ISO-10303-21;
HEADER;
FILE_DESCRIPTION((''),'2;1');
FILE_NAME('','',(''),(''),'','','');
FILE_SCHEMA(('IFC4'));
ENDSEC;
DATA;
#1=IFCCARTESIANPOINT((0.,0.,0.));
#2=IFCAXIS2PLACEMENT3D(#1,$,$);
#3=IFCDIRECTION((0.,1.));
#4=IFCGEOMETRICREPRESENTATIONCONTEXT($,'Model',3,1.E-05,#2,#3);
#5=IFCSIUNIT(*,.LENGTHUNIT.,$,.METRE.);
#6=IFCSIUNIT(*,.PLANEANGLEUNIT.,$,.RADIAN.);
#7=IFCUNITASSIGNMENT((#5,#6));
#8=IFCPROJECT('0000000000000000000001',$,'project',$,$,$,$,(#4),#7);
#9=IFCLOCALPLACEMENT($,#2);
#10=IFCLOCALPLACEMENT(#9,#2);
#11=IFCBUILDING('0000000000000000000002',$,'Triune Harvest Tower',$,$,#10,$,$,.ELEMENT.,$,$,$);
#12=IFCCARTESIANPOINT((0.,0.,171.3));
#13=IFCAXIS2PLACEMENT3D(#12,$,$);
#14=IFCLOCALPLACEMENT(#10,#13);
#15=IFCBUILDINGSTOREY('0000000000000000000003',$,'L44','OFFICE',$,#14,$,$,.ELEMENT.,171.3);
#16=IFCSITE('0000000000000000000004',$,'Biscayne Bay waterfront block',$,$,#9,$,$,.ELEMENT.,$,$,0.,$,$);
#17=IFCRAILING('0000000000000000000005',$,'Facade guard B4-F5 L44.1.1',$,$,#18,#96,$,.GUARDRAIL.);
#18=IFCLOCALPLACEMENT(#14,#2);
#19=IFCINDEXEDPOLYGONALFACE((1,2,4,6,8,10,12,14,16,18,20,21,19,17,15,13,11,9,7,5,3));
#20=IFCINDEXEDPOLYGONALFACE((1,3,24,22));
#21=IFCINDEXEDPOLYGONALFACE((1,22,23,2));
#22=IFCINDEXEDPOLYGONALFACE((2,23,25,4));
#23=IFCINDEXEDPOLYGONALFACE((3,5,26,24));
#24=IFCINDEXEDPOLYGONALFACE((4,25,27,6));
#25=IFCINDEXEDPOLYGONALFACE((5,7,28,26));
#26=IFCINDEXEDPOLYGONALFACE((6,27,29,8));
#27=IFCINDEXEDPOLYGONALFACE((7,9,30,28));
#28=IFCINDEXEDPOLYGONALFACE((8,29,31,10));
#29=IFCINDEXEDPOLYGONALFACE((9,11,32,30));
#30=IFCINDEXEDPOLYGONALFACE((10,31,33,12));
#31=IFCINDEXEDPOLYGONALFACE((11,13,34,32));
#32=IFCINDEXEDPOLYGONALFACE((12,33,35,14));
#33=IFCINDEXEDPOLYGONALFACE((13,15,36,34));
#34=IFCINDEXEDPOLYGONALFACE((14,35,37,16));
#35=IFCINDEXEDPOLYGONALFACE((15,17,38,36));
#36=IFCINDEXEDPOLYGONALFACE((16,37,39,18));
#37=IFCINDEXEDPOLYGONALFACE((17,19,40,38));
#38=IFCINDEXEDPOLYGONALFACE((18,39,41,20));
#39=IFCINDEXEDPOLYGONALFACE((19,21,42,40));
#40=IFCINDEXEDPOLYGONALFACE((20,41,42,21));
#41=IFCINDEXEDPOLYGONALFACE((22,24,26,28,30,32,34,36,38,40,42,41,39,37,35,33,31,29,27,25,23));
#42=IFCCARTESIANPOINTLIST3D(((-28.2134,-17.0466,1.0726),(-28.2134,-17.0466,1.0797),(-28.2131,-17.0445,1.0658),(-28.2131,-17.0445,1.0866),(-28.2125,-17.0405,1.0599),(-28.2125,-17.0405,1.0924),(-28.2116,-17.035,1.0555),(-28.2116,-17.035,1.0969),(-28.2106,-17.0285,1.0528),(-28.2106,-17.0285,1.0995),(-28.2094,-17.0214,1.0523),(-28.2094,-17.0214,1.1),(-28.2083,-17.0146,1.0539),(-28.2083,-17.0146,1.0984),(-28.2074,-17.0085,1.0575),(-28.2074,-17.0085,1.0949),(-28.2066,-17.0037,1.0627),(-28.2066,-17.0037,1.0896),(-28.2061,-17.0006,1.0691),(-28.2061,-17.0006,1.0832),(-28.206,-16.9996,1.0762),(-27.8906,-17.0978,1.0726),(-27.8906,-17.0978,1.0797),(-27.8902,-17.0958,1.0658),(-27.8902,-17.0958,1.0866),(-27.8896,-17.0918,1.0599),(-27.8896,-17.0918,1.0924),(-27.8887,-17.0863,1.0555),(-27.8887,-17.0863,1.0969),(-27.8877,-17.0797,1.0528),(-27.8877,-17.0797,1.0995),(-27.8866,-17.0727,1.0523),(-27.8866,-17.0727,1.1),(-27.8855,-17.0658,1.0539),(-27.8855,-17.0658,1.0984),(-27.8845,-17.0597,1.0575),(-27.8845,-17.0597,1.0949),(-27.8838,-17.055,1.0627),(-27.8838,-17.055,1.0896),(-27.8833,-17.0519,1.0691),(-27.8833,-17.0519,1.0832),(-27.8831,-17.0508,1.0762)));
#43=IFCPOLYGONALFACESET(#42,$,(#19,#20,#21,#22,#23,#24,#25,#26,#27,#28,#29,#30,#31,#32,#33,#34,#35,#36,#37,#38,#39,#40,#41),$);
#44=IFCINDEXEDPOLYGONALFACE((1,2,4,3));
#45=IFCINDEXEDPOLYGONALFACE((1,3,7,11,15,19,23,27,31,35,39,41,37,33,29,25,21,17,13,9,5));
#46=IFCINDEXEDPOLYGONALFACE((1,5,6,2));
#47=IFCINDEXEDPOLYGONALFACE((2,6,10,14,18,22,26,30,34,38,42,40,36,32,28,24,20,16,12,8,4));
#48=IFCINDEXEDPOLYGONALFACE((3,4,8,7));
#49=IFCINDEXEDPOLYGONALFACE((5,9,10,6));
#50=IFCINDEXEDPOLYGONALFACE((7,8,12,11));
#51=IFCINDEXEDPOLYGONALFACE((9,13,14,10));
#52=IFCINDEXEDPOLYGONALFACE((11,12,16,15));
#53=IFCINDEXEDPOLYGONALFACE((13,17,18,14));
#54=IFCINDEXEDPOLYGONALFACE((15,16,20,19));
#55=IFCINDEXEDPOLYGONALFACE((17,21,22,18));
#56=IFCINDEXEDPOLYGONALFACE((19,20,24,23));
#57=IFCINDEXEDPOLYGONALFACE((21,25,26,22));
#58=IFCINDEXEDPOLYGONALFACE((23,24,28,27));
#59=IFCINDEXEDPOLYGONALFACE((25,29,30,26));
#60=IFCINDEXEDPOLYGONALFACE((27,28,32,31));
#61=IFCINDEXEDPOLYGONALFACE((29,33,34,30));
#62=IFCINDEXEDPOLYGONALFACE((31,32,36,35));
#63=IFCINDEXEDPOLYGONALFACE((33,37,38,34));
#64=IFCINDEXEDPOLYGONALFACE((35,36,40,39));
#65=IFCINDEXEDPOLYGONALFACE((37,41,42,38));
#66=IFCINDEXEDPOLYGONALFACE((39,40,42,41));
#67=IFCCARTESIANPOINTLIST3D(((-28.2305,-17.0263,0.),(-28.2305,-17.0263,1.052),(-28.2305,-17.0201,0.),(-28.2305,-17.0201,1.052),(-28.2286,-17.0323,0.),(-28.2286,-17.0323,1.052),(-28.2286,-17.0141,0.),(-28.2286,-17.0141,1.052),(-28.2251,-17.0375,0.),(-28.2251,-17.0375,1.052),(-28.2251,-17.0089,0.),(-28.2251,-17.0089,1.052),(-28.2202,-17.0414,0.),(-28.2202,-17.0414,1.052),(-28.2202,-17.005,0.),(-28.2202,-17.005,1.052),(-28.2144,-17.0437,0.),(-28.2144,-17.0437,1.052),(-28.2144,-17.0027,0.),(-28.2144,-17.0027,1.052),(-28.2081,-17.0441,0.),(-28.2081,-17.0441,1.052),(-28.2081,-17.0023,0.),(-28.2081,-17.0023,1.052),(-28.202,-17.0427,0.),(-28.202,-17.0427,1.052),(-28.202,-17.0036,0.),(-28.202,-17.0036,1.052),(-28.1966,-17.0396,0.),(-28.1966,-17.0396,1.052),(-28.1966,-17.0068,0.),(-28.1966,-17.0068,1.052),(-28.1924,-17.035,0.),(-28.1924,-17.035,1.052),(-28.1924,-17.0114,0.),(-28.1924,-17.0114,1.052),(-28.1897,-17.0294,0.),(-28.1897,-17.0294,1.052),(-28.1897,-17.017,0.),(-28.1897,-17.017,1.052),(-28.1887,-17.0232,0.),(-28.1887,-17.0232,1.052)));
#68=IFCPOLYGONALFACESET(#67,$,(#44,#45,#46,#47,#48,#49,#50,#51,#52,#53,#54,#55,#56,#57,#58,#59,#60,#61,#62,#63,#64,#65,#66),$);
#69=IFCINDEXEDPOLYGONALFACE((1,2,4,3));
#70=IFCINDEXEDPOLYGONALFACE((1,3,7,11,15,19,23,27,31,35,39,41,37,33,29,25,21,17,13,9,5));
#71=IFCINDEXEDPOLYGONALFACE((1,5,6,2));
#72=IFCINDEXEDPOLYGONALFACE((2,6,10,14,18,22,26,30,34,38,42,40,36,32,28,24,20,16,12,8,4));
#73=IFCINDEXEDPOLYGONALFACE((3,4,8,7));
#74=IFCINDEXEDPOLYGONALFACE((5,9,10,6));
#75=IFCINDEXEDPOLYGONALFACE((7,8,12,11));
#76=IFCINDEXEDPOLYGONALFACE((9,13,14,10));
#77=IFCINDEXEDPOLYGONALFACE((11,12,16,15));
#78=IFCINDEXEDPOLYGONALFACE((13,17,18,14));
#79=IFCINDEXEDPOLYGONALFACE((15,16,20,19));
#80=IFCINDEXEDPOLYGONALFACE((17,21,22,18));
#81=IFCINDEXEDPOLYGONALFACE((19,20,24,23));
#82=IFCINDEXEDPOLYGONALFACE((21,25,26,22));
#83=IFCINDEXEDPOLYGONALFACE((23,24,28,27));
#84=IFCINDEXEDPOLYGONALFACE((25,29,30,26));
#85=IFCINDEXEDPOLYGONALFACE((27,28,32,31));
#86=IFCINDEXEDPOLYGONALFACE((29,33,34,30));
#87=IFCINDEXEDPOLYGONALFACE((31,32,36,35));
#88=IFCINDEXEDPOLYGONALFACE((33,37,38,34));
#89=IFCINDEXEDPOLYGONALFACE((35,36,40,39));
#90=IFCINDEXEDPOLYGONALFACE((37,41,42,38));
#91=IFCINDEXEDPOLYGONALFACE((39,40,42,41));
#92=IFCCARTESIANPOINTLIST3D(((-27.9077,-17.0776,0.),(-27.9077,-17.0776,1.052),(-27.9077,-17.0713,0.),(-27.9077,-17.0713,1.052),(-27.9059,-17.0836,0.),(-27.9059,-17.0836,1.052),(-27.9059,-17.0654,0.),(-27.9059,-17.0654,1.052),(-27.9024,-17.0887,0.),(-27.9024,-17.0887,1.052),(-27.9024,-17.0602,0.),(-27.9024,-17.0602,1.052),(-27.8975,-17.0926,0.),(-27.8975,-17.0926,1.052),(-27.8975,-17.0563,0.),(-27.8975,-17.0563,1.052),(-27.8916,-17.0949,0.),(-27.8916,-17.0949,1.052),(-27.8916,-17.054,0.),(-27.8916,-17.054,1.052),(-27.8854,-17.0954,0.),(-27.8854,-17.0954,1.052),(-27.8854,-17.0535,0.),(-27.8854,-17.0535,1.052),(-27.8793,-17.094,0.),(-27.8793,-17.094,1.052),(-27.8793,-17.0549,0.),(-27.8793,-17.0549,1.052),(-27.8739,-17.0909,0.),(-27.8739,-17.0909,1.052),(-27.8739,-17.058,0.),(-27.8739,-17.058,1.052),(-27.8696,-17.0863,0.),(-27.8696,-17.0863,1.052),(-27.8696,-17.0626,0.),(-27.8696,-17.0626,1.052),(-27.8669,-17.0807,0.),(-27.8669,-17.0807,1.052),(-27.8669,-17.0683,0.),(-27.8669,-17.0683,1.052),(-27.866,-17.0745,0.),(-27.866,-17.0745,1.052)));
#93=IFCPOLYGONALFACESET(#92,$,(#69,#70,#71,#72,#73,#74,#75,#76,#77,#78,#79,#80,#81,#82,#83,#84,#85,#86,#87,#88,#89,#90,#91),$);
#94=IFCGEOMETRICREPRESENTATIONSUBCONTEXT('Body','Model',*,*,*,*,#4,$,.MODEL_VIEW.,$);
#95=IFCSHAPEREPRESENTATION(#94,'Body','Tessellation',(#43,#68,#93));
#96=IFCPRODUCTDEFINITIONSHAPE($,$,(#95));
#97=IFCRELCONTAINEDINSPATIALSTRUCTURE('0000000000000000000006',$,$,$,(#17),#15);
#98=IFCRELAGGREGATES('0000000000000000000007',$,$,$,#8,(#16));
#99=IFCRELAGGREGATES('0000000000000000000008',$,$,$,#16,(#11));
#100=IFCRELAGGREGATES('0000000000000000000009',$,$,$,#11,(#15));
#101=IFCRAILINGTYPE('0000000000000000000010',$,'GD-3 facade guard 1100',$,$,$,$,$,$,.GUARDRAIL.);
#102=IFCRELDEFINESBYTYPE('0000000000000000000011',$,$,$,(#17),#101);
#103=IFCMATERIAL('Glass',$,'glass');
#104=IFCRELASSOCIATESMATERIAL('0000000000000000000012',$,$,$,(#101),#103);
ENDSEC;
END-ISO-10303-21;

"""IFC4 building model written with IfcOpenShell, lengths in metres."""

from ifc_helpers import new_model, si_unit, direction, frame, origin, origin_2d, place, context, subcontext, project, spatial, circle, extrude, material, type_object, element, save


model = new_model("IFC4")

# Units and contexts
model_context = context("Model", 3, precision=1e-05, world=origin(), true_north=direction((0.0, 1.0)))
body_context = subcontext(model_context, "Body", "Model", "MODEL_VIEW")
ifc_project = project(units=[si_unit("LENGTHUNIT", "METRE"), si_unit("PLANEANGLEUNIT", "RADIAN")], contexts=[model_context])

# Site, building, storey
site_placement = place(None, origin())
site = spatial("IfcSite", under=ifc_project, at=site_placement, Name="Biscayne Bay waterfront block", CompositionType="ELEMENT", RefElevation=0.0)
building_placement = place(site_placement, origin())
building = spatial("IfcBuilding", under=site, at=building_placement, Name="Triune Harvest Tower", CompositionType="ELEMENT")
storey_placement = place(building_placement, frame((0.0, 0.0, 171.3)))
storey = spatial("IfcBuildingStorey", under=building, at=storey_placement, Name="L44", Description="OFFICE", CompositionType="ELEMENT", Elevation=171.3)

# Railing
ifc_material_1 = material(Name="Glass", Category="glass")
railing_type = type_object("IfcRailingType", Name="GD-3 facade guard 1100", PredefinedType="GUARDRAIL", material=ifc_material_1)
railing_placement = place(storey_placement, frame((-28.2097, -17.0232, 0.0)))
element("IfcRailing", 1, at=railing_placement, inside=storey, type_object=railing_type, Name="Facade guard B4-F5 L44.1.1", PredefinedType="GUARDRAIL", context=body_context, shape_type="SweptSolid", body=[
    extrude(circle(Radius=0.0239, at=origin_2d()), frame((0.0, 0.0, 1.0762), z_axis=(0.987617, -0.156883, 0.0), x_axis=(0.156883, 0.987617, 0.0)), (0.0, 0.0, 1.0), 0.3269),
    extrude(circle(Radius=0.021, at=origin_2d()), origin(), (0.0, 0.0, 1.0), 1.052),
    extrude(circle(Radius=0.021, at=origin_2d()), frame((0.3228, -0.0513, 0.0)), (0.0, 0.0, 1.0), 1.052),
])

save(model, "model.ifc")
